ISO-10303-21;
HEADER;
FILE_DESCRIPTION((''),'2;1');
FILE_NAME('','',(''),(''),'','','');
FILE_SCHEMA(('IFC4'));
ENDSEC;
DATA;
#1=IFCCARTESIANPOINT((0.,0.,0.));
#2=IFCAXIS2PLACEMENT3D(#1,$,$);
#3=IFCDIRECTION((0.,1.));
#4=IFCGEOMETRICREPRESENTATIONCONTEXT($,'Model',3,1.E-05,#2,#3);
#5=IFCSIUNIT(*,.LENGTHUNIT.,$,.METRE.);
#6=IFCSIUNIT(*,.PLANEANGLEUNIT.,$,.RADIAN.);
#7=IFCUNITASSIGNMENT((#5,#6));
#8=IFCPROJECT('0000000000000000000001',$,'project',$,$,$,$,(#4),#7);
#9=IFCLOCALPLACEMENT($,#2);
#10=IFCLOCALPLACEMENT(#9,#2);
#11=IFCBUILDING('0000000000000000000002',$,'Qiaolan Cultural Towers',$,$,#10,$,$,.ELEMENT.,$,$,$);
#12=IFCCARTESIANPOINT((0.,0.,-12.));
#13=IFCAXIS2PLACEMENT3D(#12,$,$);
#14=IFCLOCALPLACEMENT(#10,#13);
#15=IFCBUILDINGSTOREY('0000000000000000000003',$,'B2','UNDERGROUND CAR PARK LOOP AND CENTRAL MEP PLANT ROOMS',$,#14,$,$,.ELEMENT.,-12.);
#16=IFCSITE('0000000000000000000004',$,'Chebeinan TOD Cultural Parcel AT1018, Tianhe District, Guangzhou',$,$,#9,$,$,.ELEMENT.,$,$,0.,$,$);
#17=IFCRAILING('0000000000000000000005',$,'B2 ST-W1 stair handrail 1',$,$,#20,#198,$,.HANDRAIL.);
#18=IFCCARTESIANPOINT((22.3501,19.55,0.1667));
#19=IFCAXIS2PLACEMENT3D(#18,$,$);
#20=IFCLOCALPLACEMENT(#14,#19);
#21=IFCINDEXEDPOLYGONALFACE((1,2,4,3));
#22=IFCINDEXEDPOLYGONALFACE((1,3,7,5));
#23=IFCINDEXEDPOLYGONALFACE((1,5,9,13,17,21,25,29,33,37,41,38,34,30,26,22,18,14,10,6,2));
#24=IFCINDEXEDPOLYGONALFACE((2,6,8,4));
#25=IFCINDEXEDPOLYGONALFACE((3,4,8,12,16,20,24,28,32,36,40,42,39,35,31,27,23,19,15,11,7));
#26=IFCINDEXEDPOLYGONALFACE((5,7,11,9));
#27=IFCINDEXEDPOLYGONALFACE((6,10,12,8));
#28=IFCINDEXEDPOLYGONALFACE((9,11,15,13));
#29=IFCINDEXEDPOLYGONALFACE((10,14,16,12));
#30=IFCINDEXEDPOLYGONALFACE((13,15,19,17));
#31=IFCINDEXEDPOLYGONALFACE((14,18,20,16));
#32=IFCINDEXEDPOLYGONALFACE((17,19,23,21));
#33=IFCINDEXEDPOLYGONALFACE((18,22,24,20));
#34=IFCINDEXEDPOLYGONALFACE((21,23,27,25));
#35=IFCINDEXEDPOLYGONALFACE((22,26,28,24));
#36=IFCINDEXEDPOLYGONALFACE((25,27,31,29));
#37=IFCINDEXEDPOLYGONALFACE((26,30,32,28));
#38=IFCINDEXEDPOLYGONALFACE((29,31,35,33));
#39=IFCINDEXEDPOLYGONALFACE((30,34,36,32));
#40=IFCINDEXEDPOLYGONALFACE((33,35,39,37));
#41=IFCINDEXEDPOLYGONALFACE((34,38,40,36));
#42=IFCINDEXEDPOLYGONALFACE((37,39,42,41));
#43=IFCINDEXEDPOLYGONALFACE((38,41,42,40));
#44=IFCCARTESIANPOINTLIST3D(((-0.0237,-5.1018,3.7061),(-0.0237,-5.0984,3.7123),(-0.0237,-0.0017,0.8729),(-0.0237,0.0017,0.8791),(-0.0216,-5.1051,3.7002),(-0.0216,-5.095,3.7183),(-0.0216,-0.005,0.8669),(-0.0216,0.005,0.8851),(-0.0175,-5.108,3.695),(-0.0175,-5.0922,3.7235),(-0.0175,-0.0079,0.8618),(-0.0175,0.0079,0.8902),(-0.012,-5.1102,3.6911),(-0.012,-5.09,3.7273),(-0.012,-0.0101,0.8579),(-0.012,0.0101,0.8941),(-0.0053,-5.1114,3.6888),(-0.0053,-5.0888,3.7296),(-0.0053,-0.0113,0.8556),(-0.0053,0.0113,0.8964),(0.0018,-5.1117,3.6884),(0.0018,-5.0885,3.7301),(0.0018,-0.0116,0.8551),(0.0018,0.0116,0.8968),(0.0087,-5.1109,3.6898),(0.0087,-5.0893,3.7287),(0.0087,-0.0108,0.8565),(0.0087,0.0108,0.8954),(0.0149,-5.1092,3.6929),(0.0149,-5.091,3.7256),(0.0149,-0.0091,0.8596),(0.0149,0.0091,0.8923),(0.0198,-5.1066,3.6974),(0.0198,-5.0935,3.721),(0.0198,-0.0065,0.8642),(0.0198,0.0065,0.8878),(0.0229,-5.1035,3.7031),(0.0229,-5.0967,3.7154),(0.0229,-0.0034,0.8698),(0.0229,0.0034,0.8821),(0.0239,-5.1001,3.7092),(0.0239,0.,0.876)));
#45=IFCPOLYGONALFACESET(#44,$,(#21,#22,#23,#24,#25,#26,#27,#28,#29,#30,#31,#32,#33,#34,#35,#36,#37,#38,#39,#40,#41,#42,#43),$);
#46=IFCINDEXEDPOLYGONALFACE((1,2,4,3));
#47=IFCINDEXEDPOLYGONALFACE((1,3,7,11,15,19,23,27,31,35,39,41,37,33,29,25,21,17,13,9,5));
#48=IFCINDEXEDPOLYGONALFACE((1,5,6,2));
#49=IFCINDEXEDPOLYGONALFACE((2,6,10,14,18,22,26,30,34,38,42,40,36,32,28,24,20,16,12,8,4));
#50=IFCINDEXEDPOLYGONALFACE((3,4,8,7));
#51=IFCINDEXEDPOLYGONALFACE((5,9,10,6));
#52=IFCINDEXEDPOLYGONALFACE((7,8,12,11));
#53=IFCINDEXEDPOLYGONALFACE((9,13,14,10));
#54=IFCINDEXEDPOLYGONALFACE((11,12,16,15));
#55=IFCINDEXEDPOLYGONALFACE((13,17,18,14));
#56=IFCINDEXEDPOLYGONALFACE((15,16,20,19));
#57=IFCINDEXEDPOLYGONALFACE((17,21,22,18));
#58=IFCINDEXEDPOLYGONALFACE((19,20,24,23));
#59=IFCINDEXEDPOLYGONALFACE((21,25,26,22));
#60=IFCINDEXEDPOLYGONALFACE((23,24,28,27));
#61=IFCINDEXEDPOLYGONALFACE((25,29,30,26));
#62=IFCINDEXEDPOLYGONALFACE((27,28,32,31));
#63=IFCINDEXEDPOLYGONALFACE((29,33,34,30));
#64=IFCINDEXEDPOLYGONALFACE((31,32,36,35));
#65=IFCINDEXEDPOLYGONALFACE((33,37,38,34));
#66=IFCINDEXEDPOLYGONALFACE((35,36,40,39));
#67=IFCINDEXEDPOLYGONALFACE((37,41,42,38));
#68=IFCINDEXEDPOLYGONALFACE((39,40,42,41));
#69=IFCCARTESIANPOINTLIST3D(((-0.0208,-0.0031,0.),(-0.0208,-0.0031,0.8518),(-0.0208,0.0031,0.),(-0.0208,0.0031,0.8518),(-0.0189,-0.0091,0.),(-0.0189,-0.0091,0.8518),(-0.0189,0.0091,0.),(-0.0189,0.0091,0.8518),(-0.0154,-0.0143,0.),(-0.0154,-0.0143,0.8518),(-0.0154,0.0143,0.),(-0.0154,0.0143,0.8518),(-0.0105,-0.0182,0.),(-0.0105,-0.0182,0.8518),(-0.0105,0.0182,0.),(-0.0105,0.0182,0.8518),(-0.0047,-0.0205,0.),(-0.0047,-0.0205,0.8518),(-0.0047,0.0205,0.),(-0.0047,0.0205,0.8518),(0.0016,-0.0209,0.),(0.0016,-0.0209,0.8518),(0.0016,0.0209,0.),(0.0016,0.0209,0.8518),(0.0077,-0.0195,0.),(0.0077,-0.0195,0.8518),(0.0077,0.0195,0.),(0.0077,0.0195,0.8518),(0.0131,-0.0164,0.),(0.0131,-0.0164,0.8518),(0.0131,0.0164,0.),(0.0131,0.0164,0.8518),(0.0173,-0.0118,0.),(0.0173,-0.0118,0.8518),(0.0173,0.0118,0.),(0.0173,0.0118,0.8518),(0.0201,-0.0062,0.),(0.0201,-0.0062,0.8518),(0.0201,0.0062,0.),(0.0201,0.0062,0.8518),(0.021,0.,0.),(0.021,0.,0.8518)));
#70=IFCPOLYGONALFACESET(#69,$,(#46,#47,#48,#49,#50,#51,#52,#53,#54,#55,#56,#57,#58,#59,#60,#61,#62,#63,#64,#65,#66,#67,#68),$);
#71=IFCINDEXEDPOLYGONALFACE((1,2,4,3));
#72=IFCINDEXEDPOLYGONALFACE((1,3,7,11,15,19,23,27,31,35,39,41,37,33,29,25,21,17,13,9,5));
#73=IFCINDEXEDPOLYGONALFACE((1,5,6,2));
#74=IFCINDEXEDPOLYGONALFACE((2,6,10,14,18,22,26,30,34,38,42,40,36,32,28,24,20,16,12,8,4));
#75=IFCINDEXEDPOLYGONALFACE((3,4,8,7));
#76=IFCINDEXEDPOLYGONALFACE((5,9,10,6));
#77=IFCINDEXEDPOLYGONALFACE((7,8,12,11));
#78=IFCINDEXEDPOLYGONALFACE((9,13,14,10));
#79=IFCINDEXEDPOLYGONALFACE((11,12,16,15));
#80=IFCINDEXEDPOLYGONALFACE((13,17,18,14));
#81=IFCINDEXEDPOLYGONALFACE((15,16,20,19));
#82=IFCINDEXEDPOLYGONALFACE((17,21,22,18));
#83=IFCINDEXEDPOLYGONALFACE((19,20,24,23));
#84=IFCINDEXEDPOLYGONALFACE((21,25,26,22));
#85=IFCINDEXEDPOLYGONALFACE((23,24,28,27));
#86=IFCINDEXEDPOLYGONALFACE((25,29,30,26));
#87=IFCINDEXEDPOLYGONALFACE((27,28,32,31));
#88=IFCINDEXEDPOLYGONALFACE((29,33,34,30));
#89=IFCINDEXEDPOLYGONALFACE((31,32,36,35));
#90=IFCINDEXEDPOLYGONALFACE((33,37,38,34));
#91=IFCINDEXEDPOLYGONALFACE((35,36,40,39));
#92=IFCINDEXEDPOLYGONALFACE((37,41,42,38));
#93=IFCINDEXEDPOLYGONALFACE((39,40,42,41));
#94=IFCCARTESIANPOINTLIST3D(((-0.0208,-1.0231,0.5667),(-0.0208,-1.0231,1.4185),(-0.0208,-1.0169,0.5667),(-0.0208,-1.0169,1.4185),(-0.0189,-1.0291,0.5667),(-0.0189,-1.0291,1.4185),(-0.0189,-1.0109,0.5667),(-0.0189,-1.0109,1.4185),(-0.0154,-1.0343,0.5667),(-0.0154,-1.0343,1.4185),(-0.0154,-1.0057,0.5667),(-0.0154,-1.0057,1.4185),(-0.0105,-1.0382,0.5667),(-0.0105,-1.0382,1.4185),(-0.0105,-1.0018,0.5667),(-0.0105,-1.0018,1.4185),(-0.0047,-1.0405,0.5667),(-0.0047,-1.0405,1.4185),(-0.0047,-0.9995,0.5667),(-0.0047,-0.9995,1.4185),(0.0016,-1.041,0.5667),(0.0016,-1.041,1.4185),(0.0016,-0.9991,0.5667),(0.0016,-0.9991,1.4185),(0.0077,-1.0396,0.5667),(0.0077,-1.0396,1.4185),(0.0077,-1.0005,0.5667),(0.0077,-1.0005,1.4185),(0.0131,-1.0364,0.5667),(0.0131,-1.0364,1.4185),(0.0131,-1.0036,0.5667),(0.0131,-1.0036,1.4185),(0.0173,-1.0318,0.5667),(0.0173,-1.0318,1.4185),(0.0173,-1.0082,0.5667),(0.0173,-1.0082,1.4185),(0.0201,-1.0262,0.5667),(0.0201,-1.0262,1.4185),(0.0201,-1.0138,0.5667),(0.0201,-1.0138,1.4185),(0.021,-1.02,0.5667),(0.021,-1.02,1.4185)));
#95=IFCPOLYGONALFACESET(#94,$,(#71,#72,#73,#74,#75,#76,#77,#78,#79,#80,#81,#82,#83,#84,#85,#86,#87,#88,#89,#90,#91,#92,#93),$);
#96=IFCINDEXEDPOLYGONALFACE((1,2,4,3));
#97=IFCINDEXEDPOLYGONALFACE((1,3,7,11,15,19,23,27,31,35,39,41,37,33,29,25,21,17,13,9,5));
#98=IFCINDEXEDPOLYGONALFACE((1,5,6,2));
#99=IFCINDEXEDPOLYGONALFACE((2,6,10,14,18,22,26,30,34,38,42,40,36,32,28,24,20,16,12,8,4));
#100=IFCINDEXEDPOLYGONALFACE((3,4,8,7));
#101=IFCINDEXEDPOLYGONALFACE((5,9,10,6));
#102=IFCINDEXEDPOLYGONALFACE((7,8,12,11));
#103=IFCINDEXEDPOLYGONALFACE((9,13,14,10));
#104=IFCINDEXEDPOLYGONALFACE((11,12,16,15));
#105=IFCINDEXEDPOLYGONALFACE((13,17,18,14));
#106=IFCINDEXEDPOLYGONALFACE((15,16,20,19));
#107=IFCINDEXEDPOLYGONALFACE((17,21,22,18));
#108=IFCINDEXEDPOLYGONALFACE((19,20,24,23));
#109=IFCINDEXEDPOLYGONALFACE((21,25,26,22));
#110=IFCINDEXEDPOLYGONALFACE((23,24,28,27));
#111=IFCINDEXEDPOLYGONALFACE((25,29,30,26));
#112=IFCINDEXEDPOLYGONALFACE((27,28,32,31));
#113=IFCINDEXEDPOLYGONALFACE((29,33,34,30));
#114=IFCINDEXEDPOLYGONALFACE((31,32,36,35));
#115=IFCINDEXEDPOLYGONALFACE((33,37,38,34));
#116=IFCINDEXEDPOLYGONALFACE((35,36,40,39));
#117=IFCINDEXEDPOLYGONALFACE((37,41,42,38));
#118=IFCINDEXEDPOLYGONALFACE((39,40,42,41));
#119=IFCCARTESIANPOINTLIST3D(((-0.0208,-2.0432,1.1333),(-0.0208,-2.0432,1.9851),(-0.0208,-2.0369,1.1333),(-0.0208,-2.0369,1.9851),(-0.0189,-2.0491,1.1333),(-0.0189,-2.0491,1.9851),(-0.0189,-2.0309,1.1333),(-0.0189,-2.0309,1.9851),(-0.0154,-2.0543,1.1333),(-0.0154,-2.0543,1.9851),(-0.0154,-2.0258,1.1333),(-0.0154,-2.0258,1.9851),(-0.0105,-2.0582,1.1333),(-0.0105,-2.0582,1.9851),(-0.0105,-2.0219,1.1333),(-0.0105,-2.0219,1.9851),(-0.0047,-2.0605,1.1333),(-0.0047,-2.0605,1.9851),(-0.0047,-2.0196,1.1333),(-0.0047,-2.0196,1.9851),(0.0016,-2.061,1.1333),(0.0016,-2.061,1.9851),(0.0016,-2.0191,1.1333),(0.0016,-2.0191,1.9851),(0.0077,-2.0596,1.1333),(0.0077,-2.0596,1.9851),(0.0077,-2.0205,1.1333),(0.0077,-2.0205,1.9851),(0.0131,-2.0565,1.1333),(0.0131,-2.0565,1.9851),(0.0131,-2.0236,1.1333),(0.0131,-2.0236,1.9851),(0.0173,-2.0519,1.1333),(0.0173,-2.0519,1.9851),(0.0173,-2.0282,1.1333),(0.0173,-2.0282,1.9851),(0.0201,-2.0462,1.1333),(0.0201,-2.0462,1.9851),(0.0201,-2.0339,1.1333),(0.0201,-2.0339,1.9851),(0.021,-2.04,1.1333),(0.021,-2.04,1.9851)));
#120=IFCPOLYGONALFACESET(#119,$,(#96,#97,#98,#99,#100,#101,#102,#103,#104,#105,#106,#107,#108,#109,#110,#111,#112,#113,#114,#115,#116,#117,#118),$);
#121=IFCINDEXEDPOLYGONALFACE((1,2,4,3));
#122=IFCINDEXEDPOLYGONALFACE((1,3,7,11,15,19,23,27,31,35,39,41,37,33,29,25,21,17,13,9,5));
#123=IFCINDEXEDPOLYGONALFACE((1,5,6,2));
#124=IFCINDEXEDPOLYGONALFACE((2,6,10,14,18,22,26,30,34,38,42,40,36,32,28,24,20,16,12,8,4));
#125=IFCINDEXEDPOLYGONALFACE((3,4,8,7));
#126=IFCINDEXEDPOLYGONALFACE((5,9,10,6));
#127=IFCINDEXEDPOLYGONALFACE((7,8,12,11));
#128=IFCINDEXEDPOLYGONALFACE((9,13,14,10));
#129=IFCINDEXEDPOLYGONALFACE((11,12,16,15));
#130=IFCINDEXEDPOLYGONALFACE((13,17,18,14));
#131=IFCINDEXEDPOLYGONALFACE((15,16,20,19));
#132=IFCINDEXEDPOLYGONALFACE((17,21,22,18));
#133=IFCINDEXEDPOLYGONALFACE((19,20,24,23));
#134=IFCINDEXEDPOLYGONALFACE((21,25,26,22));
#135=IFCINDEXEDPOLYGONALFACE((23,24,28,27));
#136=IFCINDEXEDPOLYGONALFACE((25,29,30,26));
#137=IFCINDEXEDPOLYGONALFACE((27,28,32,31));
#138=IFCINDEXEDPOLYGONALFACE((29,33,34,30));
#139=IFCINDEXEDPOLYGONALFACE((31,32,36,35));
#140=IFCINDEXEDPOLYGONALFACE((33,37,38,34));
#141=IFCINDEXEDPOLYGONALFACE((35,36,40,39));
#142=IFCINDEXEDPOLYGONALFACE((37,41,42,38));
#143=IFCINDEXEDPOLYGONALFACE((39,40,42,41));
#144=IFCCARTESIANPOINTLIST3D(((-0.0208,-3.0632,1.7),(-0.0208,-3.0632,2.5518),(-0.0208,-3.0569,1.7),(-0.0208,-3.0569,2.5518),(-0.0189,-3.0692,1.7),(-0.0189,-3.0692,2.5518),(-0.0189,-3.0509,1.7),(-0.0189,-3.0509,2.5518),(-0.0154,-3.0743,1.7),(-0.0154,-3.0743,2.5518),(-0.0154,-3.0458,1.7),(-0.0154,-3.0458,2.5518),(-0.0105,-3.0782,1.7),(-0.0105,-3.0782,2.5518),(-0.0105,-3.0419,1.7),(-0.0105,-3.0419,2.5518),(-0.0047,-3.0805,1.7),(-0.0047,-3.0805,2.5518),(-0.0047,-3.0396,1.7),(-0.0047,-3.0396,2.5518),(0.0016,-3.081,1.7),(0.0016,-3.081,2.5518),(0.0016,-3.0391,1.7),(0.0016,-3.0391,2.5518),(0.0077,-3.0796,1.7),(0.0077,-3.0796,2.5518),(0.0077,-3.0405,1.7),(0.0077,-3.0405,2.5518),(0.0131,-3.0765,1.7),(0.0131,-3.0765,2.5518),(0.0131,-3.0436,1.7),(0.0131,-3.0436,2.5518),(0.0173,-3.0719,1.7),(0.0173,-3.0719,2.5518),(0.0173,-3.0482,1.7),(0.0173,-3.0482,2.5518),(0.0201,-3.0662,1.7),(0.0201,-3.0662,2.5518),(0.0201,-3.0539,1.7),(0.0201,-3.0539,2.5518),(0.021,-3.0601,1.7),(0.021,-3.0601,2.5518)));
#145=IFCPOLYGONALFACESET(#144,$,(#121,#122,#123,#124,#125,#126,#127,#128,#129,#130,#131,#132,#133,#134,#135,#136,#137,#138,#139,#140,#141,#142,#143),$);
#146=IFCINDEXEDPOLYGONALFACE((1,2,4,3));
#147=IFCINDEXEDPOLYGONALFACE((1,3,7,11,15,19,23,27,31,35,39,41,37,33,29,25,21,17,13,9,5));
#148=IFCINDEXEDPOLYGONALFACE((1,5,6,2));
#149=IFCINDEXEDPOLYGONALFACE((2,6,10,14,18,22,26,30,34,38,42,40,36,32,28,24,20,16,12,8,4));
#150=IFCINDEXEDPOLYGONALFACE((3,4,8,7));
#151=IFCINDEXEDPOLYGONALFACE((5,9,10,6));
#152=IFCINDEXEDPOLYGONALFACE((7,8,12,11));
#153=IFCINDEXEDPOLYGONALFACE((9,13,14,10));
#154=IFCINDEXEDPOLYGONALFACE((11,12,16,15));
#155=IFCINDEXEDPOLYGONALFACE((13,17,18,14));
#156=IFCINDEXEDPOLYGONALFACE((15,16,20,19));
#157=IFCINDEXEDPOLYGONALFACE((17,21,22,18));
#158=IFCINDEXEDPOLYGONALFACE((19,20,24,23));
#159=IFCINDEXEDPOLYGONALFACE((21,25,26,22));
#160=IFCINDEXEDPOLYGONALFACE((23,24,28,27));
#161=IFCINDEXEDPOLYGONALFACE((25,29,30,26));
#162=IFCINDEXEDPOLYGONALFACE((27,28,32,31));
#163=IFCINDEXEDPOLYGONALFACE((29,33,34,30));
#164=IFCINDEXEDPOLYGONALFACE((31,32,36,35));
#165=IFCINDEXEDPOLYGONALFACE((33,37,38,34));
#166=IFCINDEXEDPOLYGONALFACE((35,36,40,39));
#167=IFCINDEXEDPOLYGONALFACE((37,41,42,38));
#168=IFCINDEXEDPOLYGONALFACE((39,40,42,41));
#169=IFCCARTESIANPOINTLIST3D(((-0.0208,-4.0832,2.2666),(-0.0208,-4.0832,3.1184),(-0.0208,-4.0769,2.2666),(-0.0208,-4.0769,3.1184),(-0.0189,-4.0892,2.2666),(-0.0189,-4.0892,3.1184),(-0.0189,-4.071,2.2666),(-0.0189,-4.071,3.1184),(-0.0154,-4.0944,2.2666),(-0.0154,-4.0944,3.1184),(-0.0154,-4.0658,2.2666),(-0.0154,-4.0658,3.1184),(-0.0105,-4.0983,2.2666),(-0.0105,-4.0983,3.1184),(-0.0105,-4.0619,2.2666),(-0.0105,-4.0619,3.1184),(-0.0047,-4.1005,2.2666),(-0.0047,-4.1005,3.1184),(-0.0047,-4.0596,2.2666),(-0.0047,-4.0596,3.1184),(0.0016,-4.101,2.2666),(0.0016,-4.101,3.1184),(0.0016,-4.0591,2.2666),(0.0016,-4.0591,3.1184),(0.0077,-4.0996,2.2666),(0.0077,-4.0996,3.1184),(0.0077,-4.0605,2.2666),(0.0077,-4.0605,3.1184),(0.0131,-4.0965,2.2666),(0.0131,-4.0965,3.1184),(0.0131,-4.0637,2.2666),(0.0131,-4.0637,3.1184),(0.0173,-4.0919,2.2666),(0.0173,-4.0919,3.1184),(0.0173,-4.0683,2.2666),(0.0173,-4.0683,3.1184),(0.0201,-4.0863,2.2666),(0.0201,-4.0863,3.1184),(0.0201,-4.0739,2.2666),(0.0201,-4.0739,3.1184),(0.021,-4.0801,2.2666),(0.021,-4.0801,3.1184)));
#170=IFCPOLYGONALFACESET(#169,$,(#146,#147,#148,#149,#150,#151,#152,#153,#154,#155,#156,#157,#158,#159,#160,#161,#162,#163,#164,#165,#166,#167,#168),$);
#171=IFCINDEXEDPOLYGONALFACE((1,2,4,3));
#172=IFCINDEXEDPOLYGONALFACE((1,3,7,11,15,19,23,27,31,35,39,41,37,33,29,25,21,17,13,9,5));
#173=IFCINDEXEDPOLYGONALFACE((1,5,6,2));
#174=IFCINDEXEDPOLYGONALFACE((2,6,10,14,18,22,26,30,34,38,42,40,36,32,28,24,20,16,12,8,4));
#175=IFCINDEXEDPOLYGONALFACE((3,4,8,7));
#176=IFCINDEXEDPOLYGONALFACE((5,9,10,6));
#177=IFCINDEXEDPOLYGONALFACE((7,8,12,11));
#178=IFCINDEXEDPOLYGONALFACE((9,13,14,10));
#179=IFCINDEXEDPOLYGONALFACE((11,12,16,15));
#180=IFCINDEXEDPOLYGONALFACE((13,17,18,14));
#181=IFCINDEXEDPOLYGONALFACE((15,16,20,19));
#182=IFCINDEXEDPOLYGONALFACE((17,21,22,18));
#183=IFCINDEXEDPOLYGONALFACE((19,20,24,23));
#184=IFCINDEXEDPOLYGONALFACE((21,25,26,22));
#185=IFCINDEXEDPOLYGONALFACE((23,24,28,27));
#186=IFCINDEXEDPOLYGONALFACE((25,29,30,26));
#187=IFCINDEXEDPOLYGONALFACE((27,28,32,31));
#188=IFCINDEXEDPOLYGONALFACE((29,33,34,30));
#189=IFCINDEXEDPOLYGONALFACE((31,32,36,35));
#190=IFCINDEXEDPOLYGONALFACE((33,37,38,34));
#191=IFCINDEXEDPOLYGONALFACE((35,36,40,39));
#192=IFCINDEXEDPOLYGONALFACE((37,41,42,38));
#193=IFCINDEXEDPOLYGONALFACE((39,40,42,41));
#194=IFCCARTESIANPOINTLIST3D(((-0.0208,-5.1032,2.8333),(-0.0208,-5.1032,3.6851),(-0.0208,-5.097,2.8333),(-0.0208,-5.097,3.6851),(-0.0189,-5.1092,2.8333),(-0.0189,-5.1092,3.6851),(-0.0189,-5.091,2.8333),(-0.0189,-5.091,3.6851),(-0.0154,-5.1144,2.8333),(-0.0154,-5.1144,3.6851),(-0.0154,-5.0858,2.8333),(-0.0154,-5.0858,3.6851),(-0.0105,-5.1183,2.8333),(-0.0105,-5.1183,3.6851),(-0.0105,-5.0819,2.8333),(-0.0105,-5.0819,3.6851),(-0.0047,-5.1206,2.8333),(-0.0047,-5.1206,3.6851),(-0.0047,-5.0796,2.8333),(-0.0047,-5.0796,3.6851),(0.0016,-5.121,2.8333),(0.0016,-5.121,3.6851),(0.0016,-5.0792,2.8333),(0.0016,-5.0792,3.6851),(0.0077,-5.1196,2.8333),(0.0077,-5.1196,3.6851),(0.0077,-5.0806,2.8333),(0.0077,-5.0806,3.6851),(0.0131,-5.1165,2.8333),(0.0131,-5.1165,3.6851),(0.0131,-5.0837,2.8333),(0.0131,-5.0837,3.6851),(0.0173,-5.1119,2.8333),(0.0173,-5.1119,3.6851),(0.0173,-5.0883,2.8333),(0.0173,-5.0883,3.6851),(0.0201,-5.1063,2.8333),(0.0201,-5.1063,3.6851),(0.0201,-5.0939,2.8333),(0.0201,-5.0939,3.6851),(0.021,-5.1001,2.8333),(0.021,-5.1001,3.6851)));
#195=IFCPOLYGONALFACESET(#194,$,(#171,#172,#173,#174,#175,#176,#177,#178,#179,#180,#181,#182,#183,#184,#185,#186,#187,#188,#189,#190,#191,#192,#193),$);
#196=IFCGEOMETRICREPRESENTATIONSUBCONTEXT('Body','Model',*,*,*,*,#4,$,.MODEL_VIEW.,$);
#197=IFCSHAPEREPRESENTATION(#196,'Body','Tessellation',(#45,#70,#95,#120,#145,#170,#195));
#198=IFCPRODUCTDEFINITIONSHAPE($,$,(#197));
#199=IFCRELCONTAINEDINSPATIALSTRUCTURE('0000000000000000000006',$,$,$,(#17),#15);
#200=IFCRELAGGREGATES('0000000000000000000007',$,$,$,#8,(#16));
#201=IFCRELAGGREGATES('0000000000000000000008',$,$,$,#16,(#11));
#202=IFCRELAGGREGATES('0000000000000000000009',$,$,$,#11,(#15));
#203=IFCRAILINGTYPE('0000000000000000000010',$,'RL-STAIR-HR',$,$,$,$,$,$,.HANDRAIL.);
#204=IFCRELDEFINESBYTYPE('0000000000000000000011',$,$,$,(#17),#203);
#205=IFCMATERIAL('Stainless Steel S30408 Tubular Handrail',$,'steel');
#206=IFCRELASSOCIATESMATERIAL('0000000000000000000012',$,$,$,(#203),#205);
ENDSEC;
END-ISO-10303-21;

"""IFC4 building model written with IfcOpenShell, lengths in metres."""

from ifc_helpers import new_model, si_unit, direction, frame, origin, origin_2d, place, context, subcontext, project, spatial, circle, extrude, material, type_object, element, save


model = new_model("IFC4")

# Units and contexts
model_context = context("Model", 3, precision=1e-05, world=origin(), true_north=direction((0.0, 1.0)))
body_context = subcontext(model_context, "Body", "Model", "MODEL_VIEW")
ifc_project = project(units=[si_unit("LENGTHUNIT", "METRE"), si_unit("PLANEANGLEUNIT", "RADIAN")], contexts=[model_context])

# Site, building, storey
site_placement = place(None, origin())
site = spatial("IfcSite", under=ifc_project, at=site_placement, Name="Chebeinan TOD Cultural Parcel AT1018, Tianhe District, Guangzhou", CompositionType="ELEMENT", RefElevation=0.0)
building_placement = place(site_placement, origin())
building = spatial("IfcBuilding", under=site, at=building_placement, Name="Qiaolan Cultural Towers", CompositionType="ELEMENT")
storey_placement = place(building_placement, frame((0.0, 0.0, -12.0)))
storey = spatial("IfcBuildingStorey", under=building, at=storey_placement, Name="B2", Description="UNDERGROUND CAR PARK LOOP AND CENTRAL MEP PLANT ROOMS", CompositionType="ELEMENT", Elevation=-12.0)

# Railing
ifc_material_1 = material(Name="Stainless Steel S30408 Tubular Handrail", Category="steel")
railing_type_1 = type_object("IfcRailingType", Name="RL-STAIR-HR", PredefinedType="HANDRAIL", material=ifc_material_1)
railing_1_placement = place(storey_placement, frame((22.3501, 19.55, 0.1667)))
element("IfcRailing", 1, at=railing_1_placement, inside=storey, type_object=railing_type_1, Name="B2 ST-W1 stair handrail 1", PredefinedType="HANDRAIL", context=body_context, shape_type="SweptSolid", body=[
    extrude(circle(Radius=0.0239, at=origin_2d()), frame((0.0, 0.0, 0.876), z_axis=(0.0, -0.874167, 0.485625), x_axis=(1.0, 0.0, 0.0)), (0.0, 0.0, 1.0), 5.8342),
    extrude(circle(Radius=0.021, at=origin_2d()), origin(), (0.0, 0.0, 1.0), 0.8518),
    extrude(circle(Radius=0.021, at=origin_2d()), frame((0.0, -1.02, 0.5667)), (0.0, 0.0, 1.0), 0.8518),
    extrude(circle(Radius=0.021, at=origin_2d()), frame((0.0, -2.04, 1.1333)), (0.0, 0.0, 1.0), 0.8518),
    extrude(circle(Radius=0.021, at=origin_2d()), frame((0.0, -3.0601, 1.7)), (0.0, 0.0, 1.0), 0.8518),
    extrude(circle(Radius=0.021, at=origin_2d()), frame((0.0, -4.0801, 2.2666)), (0.0, 0.0, 1.0), 0.8518),
    extrude(circle(Radius=0.021, at=origin_2d()), frame((0.0, -5.1001, 2.8333)), (0.0, 0.0, 1.0), 0.8518),
])

save(model, "model.ifc")
